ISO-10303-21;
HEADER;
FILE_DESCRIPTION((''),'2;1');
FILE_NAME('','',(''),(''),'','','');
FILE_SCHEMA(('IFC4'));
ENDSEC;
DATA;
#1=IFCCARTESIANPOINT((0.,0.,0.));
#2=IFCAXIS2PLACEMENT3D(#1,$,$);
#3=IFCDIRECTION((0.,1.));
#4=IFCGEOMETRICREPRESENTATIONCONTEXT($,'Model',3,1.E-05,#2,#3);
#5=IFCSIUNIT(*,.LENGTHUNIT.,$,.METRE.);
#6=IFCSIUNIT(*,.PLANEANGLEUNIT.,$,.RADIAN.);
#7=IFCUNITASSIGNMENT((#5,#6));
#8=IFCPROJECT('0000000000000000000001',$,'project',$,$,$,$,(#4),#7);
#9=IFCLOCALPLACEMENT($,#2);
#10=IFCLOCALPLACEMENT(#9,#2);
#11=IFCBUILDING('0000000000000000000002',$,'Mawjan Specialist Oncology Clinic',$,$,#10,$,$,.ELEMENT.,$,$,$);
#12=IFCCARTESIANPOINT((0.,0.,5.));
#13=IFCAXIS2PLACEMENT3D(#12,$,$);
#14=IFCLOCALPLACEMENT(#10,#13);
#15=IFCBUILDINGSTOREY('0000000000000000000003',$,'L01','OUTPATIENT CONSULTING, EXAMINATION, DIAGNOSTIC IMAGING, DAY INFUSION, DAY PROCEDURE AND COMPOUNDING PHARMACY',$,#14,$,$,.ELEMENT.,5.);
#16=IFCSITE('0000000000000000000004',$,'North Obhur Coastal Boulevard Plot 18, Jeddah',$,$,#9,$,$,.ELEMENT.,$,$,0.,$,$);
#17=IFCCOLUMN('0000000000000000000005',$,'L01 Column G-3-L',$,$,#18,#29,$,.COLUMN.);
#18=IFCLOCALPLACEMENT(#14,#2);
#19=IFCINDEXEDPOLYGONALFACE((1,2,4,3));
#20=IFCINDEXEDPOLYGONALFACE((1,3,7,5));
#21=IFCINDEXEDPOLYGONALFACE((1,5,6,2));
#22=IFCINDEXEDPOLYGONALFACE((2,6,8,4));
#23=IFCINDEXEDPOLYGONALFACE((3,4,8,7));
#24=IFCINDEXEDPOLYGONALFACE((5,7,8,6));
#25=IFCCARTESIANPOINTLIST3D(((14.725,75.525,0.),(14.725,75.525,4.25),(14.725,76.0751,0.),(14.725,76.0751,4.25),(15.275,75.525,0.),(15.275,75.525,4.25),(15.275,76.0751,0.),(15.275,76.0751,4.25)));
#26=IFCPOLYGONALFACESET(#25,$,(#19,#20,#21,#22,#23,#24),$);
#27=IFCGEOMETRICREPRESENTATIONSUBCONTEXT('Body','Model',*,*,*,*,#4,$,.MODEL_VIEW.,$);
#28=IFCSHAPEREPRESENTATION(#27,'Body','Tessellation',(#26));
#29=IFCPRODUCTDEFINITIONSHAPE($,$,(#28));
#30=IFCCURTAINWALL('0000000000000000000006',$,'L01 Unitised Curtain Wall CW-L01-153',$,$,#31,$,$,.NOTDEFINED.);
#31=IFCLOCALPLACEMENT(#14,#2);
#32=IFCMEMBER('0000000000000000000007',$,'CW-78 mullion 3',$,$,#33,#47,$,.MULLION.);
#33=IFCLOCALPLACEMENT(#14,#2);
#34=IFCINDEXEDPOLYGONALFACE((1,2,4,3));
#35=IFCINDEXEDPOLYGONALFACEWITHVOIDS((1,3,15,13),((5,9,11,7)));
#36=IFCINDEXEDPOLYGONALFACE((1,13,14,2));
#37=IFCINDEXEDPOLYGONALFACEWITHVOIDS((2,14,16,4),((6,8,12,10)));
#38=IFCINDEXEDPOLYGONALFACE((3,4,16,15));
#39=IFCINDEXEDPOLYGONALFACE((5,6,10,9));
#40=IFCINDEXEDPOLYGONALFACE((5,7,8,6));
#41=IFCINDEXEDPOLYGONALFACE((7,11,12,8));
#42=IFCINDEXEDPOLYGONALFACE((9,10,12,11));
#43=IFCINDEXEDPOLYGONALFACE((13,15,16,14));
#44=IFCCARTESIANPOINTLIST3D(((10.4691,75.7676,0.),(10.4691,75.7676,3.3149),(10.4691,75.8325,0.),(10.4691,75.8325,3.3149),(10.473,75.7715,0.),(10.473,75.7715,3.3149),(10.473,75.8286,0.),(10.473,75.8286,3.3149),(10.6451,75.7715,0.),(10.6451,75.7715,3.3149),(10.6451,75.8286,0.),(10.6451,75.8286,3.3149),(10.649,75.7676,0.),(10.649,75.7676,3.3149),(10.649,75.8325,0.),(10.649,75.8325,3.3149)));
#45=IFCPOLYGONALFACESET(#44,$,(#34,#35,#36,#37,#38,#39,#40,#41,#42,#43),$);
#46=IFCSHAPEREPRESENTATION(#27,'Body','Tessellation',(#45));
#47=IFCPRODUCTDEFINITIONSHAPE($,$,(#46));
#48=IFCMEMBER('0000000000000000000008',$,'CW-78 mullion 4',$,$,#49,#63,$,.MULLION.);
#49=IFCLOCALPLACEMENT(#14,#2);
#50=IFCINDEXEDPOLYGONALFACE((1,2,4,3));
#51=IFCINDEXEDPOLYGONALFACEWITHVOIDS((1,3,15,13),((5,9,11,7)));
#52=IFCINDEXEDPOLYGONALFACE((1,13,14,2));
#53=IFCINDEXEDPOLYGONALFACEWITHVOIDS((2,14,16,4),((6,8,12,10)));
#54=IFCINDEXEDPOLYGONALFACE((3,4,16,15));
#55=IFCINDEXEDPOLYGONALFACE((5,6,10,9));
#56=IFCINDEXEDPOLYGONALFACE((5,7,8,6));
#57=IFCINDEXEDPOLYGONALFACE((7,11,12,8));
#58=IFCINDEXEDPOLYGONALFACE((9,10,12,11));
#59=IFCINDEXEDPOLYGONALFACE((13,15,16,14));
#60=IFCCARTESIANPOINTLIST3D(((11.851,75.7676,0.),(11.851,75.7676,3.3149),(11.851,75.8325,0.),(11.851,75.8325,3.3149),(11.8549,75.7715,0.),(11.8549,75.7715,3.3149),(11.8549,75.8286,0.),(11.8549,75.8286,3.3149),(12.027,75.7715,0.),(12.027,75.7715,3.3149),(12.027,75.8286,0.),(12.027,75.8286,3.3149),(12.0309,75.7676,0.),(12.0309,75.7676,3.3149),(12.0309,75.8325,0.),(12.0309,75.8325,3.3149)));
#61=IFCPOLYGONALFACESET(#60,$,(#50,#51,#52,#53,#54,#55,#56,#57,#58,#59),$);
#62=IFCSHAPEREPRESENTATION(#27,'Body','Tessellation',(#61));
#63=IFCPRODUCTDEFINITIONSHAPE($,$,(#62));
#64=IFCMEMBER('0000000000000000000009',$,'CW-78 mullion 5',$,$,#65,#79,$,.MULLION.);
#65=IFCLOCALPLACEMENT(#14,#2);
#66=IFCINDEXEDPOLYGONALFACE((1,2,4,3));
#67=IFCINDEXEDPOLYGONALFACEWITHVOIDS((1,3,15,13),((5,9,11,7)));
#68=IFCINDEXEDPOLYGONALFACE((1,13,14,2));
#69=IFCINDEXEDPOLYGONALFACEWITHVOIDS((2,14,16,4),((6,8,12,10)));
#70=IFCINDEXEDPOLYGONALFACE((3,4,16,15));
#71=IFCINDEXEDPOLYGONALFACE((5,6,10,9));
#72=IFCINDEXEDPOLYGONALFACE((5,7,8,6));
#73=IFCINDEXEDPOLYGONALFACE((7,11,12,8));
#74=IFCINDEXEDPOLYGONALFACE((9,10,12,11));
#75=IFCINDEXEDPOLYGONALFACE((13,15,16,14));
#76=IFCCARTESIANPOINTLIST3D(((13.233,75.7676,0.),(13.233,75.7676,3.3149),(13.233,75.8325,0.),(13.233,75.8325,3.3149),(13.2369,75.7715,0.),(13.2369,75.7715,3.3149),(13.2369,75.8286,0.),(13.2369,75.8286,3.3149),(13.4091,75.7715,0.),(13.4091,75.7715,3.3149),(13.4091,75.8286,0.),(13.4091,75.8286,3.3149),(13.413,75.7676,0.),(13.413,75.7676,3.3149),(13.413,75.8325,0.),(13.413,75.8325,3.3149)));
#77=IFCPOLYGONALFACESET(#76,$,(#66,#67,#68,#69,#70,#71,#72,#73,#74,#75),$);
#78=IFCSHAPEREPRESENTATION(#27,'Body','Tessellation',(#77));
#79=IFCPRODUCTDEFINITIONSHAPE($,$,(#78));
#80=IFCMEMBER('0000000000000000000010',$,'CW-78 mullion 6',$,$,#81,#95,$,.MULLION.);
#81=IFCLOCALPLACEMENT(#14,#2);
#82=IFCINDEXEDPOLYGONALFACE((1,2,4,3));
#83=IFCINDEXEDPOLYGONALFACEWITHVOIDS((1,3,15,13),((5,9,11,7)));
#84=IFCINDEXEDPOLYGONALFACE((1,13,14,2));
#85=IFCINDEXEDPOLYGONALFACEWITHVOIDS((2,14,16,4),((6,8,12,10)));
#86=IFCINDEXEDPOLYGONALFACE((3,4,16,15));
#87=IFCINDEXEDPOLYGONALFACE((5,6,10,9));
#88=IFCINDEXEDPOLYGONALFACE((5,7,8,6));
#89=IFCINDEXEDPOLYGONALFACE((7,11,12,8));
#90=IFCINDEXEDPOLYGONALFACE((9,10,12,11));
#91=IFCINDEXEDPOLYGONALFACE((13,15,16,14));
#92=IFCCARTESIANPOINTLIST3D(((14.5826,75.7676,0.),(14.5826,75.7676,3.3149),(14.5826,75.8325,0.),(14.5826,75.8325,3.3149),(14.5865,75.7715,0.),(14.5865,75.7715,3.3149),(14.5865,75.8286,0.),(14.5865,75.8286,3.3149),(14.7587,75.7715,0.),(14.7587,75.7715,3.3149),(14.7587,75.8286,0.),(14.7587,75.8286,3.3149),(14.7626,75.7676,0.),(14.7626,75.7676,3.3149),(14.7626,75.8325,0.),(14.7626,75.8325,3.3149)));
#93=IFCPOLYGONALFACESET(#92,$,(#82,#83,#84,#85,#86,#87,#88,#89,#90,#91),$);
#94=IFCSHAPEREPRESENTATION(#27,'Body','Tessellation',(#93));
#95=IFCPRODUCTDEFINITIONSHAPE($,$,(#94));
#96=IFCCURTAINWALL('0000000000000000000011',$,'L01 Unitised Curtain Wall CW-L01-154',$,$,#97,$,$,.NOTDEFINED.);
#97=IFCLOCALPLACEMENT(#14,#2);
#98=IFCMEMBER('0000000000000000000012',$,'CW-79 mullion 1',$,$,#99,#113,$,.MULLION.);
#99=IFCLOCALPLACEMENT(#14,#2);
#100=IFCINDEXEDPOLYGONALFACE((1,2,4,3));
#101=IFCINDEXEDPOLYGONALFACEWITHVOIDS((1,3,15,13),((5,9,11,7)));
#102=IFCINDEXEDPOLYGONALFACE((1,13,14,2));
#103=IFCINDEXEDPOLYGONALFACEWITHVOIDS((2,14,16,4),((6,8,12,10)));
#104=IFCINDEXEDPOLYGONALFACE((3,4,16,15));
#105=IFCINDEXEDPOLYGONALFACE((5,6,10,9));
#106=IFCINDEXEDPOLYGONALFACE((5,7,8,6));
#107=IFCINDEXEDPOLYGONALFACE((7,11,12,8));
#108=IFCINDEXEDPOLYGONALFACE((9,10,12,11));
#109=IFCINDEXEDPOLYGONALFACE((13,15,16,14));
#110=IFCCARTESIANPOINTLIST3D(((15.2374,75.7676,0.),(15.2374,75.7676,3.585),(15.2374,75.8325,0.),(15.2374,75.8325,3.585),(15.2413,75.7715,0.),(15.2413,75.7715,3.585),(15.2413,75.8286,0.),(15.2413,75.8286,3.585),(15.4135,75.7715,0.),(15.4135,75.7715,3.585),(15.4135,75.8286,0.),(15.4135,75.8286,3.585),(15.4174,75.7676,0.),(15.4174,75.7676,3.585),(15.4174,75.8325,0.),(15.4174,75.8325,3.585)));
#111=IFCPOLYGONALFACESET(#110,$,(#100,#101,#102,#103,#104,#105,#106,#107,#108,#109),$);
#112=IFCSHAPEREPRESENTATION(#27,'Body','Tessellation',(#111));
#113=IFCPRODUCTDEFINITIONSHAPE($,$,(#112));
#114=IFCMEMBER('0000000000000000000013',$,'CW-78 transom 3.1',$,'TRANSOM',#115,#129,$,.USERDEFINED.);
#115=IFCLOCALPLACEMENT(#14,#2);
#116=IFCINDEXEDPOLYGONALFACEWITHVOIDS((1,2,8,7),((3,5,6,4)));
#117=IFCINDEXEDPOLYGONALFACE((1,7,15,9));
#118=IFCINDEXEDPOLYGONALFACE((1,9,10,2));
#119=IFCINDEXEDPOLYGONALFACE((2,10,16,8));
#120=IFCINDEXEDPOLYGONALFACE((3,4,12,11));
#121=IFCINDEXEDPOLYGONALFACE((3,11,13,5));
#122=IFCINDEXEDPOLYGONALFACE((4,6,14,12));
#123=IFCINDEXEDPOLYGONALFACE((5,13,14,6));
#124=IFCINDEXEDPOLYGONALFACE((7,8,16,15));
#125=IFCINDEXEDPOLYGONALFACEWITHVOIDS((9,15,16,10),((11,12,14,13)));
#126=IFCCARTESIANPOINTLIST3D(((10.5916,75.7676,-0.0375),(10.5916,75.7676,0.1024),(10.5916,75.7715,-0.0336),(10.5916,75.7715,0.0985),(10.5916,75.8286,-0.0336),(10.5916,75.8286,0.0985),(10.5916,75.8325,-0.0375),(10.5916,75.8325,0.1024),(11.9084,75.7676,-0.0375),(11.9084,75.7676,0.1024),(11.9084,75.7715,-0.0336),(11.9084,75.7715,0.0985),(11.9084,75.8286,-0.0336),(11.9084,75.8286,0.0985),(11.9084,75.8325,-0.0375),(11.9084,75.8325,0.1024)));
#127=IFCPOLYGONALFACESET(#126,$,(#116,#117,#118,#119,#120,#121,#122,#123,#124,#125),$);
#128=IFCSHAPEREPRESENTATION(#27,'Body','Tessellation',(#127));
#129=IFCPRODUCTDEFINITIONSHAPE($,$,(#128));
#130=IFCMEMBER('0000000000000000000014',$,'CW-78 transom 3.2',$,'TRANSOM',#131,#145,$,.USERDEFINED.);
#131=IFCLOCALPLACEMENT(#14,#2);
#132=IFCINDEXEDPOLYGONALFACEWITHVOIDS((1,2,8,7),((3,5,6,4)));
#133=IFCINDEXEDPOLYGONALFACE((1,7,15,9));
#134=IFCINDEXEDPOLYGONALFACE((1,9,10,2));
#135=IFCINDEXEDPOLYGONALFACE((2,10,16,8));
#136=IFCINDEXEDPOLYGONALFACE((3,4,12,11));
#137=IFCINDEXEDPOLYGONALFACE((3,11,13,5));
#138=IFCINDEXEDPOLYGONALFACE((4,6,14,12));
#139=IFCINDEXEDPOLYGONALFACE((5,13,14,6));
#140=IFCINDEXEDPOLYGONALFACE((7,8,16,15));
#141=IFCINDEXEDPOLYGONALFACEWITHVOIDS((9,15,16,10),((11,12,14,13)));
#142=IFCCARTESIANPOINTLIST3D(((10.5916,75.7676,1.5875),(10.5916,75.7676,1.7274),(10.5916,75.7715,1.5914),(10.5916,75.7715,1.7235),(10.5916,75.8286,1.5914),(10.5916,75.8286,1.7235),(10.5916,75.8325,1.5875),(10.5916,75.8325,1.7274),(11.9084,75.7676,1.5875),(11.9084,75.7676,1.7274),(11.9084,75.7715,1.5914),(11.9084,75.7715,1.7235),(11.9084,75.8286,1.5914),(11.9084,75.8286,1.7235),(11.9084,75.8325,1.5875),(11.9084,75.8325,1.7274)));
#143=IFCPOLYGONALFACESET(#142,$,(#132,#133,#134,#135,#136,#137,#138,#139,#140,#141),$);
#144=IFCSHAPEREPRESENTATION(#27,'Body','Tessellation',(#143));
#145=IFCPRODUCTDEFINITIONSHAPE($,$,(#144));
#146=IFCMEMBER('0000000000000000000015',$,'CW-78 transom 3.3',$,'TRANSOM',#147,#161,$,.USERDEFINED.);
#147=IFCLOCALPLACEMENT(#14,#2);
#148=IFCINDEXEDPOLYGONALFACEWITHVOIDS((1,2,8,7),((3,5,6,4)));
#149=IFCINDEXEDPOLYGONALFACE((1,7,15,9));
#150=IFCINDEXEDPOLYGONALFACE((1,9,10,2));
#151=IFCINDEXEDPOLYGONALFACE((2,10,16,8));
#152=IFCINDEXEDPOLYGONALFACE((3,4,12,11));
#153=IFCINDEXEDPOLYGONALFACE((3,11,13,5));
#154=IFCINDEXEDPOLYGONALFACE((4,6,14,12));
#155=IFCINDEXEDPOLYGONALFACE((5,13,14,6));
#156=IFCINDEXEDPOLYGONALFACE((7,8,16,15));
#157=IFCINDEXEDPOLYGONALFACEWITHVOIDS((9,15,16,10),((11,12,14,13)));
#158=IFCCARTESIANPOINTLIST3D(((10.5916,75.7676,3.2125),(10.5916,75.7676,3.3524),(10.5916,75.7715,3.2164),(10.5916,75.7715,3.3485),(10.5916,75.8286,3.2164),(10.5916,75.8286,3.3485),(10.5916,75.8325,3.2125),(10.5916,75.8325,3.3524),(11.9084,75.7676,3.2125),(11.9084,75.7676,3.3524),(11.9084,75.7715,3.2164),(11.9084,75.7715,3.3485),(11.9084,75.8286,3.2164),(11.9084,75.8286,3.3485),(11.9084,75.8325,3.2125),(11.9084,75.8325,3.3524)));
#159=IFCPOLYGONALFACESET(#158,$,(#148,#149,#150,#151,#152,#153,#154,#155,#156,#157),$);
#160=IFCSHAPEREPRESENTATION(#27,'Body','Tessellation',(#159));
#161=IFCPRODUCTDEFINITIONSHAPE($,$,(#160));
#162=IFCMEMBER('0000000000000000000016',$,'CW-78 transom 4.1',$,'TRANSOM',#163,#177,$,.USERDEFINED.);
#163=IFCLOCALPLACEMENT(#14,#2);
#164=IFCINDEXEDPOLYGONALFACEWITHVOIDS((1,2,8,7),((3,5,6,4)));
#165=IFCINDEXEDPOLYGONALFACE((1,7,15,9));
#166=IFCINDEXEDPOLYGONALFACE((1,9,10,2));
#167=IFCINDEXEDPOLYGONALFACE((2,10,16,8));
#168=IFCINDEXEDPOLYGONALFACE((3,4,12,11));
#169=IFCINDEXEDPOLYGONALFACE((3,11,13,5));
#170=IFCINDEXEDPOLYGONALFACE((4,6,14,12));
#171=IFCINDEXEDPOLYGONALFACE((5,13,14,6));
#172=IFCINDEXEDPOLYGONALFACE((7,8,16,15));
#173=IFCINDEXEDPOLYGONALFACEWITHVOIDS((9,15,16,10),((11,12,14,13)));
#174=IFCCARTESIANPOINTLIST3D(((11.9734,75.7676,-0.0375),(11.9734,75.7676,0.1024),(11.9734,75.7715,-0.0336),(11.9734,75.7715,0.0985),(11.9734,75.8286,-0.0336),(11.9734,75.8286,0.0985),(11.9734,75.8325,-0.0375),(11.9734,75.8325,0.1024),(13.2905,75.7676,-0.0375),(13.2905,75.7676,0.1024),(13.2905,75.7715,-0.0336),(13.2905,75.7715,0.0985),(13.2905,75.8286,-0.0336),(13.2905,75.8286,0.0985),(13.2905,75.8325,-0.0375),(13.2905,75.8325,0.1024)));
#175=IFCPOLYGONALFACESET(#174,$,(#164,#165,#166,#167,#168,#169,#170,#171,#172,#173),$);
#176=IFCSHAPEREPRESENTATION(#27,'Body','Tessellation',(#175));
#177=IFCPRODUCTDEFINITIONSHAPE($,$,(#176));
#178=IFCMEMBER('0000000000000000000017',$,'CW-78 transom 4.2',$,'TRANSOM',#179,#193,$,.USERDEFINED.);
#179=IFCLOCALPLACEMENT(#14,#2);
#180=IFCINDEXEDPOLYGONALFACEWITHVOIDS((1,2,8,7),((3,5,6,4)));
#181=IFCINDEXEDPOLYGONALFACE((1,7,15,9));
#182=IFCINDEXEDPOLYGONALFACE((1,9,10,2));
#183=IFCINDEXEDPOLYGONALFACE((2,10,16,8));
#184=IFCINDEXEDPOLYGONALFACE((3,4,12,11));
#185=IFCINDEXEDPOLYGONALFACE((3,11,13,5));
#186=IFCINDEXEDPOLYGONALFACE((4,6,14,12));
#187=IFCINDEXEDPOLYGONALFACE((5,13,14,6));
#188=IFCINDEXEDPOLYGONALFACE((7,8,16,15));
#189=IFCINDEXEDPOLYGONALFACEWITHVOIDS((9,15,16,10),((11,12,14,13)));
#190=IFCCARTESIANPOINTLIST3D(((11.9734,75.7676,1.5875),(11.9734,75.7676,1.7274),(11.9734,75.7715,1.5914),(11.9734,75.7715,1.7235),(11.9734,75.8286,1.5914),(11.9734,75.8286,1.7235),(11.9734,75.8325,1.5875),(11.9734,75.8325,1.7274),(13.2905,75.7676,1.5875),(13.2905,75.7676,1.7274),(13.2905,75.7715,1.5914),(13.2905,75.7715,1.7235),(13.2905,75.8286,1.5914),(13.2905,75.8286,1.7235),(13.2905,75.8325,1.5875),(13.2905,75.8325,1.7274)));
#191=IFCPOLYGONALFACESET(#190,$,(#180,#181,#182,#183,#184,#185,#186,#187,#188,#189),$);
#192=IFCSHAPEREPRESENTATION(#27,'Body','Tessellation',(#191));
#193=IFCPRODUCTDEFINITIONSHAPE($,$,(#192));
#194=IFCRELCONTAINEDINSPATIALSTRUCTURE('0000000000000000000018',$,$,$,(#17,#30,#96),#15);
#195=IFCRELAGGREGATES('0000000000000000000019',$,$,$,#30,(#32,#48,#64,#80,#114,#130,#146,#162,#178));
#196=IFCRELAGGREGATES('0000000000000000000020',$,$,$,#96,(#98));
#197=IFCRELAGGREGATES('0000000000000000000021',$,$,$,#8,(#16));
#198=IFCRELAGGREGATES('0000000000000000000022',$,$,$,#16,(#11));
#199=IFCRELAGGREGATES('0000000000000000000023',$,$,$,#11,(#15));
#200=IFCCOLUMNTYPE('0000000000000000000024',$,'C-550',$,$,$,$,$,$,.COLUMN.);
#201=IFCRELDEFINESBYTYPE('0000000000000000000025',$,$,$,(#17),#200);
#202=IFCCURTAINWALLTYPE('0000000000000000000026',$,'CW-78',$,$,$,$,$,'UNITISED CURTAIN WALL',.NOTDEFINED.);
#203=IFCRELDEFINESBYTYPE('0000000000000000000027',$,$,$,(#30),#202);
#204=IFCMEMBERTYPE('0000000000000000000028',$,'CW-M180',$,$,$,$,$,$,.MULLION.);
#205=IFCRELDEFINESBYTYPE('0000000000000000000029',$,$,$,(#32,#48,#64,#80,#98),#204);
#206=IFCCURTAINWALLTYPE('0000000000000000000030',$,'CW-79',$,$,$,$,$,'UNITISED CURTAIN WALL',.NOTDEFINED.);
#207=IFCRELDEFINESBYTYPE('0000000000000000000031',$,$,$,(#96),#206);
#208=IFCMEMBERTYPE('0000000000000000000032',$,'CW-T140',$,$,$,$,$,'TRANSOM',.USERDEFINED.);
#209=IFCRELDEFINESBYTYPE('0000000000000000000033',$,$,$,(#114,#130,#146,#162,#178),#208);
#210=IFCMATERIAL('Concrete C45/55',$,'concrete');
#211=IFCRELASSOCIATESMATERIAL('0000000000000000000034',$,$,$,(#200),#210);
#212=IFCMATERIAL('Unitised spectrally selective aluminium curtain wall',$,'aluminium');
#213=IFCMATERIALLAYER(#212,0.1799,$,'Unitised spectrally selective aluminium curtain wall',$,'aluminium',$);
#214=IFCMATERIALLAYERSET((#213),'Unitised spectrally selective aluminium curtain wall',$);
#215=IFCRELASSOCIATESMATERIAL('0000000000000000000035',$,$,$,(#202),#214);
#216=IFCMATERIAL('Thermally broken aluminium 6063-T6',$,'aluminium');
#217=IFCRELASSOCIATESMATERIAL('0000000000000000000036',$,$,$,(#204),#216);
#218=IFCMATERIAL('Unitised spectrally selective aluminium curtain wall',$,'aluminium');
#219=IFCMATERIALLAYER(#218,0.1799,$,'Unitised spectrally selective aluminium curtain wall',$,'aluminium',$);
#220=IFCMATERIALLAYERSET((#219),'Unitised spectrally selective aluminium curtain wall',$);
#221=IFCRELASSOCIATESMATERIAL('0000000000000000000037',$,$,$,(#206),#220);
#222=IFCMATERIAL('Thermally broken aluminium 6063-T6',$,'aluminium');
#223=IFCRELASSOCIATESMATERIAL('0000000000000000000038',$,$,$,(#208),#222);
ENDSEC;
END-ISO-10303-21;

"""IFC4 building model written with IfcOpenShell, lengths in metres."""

from ifc_helpers import new_model, si_unit, direction, frame, origin, origin_2d, place, context, subcontext, project, spatial, rectangle, hollow_rectangle, extrude, material, layer, layer_set, material_profile, profile_set, type_object, element, aggregate, save


model = new_model("IFC4")

# Units and contexts
model_context = context("Model", 3, precision=1e-05, world=origin(), true_north=direction((0.0, 1.0)))
body_context = subcontext(model_context, "Body", "Model", "MODEL_VIEW")
ifc_project = project(units=[si_unit("LENGTHUNIT", "METRE"), si_unit("PLANEANGLEUNIT", "RADIAN")], contexts=[model_context])

# Site, building, storey
site_placement = place(None, origin())
site = spatial("IfcSite", under=ifc_project, at=site_placement, Name="North Obhur Coastal Boulevard Plot 18, Jeddah", CompositionType="ELEMENT", RefElevation=0.0)
building_placement = place(site_placement, origin())
building = spatial("IfcBuilding", under=site, at=building_placement, Name="Mawjan Specialist Oncology Clinic", CompositionType="ELEMENT")
storey_placement = place(building_placement, frame((0.0, 0.0, 5.0)))
storey = spatial("IfcBuildingStorey", under=building, at=storey_placement, Name="L01", Description="OUTPATIENT CONSULTING, EXAMINATION, DIAGNOSTIC IMAGING, DAY INFUSION, DAY PROCEDURE AND COMPOUNDING PHARMACY", CompositionType="ELEMENT", Elevation=5.0)

# Column
ifc_material_1 = material(Name="Concrete C45/55", Category="concrete")
ifc_material_profile_1 = material_profile(ifc_material_1, rectangle(XDim=0.55, YDim=0.55, at=origin_2d()), Name="RC COL 550x550", Category="concrete")
ifc_profile_set_1 = profile_set([ifc_material_profile_1], Name="Concrete C45/55")
column_type = type_object("IfcColumnType", Name="C-550", PredefinedType="COLUMN", material=ifc_profile_set_1)
column_placement = place(storey_placement, frame((15.0, 75.8, 0.0), z_axis=(0.0, 0.0, 1.0), x_axis=(1.0, 0.0, 0.0)))
element("IfcColumn", 1, at=column_placement, inside=storey, type_object=column_type, Name="L01 Column G-3-L", PredefinedType="COLUMN", context=body_context, shape_type="SweptSolid", body=[
    extrude(rectangle(XDim=0.55, YDim=0.55, at=origin_2d()), origin(), (0.0, 0.0, 1.0), 4.25),
])

# Curtain wall, members
ifc_material_2 = material(Name="Unitised spectrally selective aluminium curtain wall", Category="aluminium")
ifc_layer_1 = layer(ifc_material_2, 0.1799, Name="Unitised spectrally selective aluminium curtain wall", Category="aluminium")
ifc_layer_set_1 = layer_set([ifc_layer_1], Name="Unitised spectrally selective aluminium curtain wall")
curtain_wall_type_1 = type_object("IfcCurtainWallType", Name="CW-78", ElementType="UNITISED CURTAIN WALL", PredefinedType="NOTDEFINED", material=ifc_layer_set_1)
curtain_wall_1_placement = place(storey_placement, origin())
curtain_wall_1 = element("IfcCurtainWall", 2, at=curtain_wall_1_placement, inside=storey, type_object=curtain_wall_type_1, Name="L01 Unitised Curtain Wall CW-L01-153", PredefinedType="NOTDEFINED")
ifc_material_3 = material(Name="Thermally broken aluminium 6063-T6", Category="aluminium")
ifc_material_profile_2 = material_profile(ifc_material_3, hollow_rectangle(XDim=0.0649, YDim=0.1799, WallThickness=0.0039, at=origin_2d()), Name="ALU MULLION 180x65x4", Category="aluminium")
ifc_profile_set_2 = profile_set([ifc_material_profile_2], Name="Thermally broken aluminium 6063-T6")
member_type_1 = type_object("IfcMemberType", Name="CW-M180", PredefinedType="MULLION", material=ifc_profile_set_2)
member_1_placement = place(storey_placement, frame((10.5591, 75.8, 0.0), z_axis=(0.0, 0.0, 1.0), x_axis=(0.0, 1.0, 0.0)))
member_1 = element("IfcMember", 3, at=member_1_placement, type_object=member_type_1, Name="CW-78 mullion 3", PredefinedType="MULLION", context=body_context, shape_type="SweptSolid", body=[
    extrude(hollow_rectangle(XDim=0.0649, YDim=0.1799, WallThickness=0.0039, at=origin_2d()), origin(), (0.0, 0.0, 1.0), 3.3149),
])
member_2_placement = place(storey_placement, frame((11.9409, 75.8, 0.0), z_axis=(0.0, 0.0, 1.0), x_axis=(0.0, 1.0, 0.0)))
member_2 = element("IfcMember", 4, at=member_2_placement, type_object=member_type_1, Name="CW-78 mullion 4", PredefinedType="MULLION", context=body_context, shape_type="SweptSolid", body=[
    extrude(hollow_rectangle(XDim=0.0649, YDim=0.1799, WallThickness=0.0039, at=origin_2d()), origin(), (0.0, 0.0, 1.0), 3.3149),
])
member_3_placement = place(storey_placement, frame((13.323, 75.8, 0.0), z_axis=(0.0, 0.0, 1.0), x_axis=(0.0, 1.0, 0.0)))
member_3 = element("IfcMember", 5, at=member_3_placement, type_object=member_type_1, Name="CW-78 mullion 5", PredefinedType="MULLION", context=body_context, shape_type="SweptSolid", body=[
    extrude(hollow_rectangle(XDim=0.0649, YDim=0.1799, WallThickness=0.0039, at=origin_2d()), origin(), (0.0, 0.0, 1.0), 3.3149),
])
member_4_placement = place(storey_placement, frame((14.6726, 75.8, 0.0), z_axis=(0.0, 0.0, 1.0), x_axis=(0.0, 1.0, 0.0)))
member_4 = element("IfcMember", 6, at=member_4_placement, type_object=member_type_1, Name="CW-78 mullion 6", PredefinedType="MULLION", context=body_context, shape_type="SweptSolid", body=[
    extrude(hollow_rectangle(XDim=0.0649, YDim=0.1799, WallThickness=0.0039, at=origin_2d()), origin(), (0.0, 0.0, 1.0), 3.3149),
])

# Curtain wall, member
ifc_material_4 = material(Name="Unitised spectrally selective aluminium curtain wall", Category="aluminium")
ifc_layer_2 = layer(ifc_material_4, 0.1799, Name="Unitised spectrally selective aluminium curtain wall", Category="aluminium")
ifc_layer_set_2 = layer_set([ifc_layer_2], Name="Unitised spectrally selective aluminium curtain wall")
curtain_wall_type_2 = type_object("IfcCurtainWallType", Name="CW-79", ElementType="UNITISED CURTAIN WALL", PredefinedType="NOTDEFINED", material=ifc_layer_set_2)
curtain_wall_2_placement = place(storey_placement, origin())
curtain_wall_2 = element("IfcCurtainWall", 7, at=curtain_wall_2_placement, inside=storey, type_object=curtain_wall_type_2, Name="L01 Unitised Curtain Wall CW-L01-154", PredefinedType="NOTDEFINED")
member_5_placement = place(storey_placement, frame((15.3274, 75.8, 0.0), z_axis=(0.0, 0.0, 1.0), x_axis=(0.0, 1.0, 0.0)))
member_5 = element("IfcMember", 8, at=member_5_placement, type_object=member_type_1, Name="CW-79 mullion 1", PredefinedType="MULLION", context=body_context, shape_type="SweptSolid", body=[
    extrude(hollow_rectangle(XDim=0.0649, YDim=0.1799, WallThickness=0.0039, at=origin_2d()), origin(), (0.0, 0.0, 1.0), 3.585),
])

# Members
ifc_material_5 = material(Name="Thermally broken aluminium 6063-T6", Category="aluminium")
ifc_material_profile_3 = material_profile(ifc_material_5, hollow_rectangle(XDim=0.0649, YDim=0.1399, WallThickness=0.0039, at=origin_2d()), Name="ALU TRANSOM 140x65x4", Category="aluminium")
ifc_profile_set_3 = profile_set([ifc_material_profile_3], Name="Thermally broken aluminium 6063-T6")
member_type_2 = type_object("IfcMemberType", Name="CW-T140", ElementType="TRANSOM", PredefinedType="USERDEFINED", material=ifc_profile_set_3)
member_6_placement = place(storey_placement, frame((10.5916, 75.8, 0.0325), z_axis=(1.0, 0.0, 0.0), x_axis=(0.0, 1.0, 0.0)))
member_6 = element("IfcMember", 9, at=member_6_placement, type_object=member_type_2, Name="CW-78 transom 3.1", ObjectType="TRANSOM", PredefinedType="USERDEFINED", context=body_context, shape_type="SweptSolid", body=[
    extrude(hollow_rectangle(XDim=0.0649, YDim=0.1399, WallThickness=0.0039, at=origin_2d()), origin(), (0.0, 0.0, 1.0), 1.3169),
])
member_7_placement = place(storey_placement, frame((10.5916, 75.8, 1.6575), z_axis=(1.0, 0.0, 0.0), x_axis=(0.0, 1.0, 0.0)))
member_7 = element("IfcMember", 10, at=member_7_placement, type_object=member_type_2, Name="CW-78 transom 3.2", ObjectType="TRANSOM", PredefinedType="USERDEFINED", context=body_context, shape_type="SweptSolid", body=[
    extrude(hollow_rectangle(XDim=0.0649, YDim=0.1399, WallThickness=0.0039, at=origin_2d()), origin(), (0.0, 0.0, 1.0), 1.3169),
])
member_8_placement = place(storey_placement, frame((10.5916, 75.8, 3.2825), z_axis=(1.0, 0.0, 0.0), x_axis=(0.0, 1.0, 0.0)))
member_8 = element("IfcMember", 11, at=member_8_placement, type_object=member_type_2, Name="CW-78 transom 3.3", ObjectType="TRANSOM", PredefinedType="USERDEFINED", context=body_context, shape_type="SweptSolid", body=[
    extrude(hollow_rectangle(XDim=0.0649, YDim=0.1399, WallThickness=0.0039, at=origin_2d()), origin(), (0.0, 0.0, 1.0), 1.3169),
])
member_9_placement = place(storey_placement, frame((11.9734, 75.8, 0.0325), z_axis=(1.0, 0.0, 0.0), x_axis=(0.0, 1.0, 0.0)))
member_9 = element("IfcMember", 12, at=member_9_placement, type_object=member_type_2, Name="CW-78 transom 4.1", ObjectType="TRANSOM", PredefinedType="USERDEFINED", context=body_context, shape_type="SweptSolid", body=[
    extrude(hollow_rectangle(XDim=0.0649, YDim=0.1399, WallThickness=0.0039, at=origin_2d()), origin(), (0.0, 0.0, 1.0), 1.3171),
])
member_10_placement = place(storey_placement, frame((11.9734, 75.8, 1.6575), z_axis=(1.0, 0.0, 0.0), x_axis=(0.0, 1.0, 0.0)))
member_10 = element("IfcMember", 13, at=member_10_placement, type_object=member_type_2, Name="CW-78 transom 4.2", ObjectType="TRANSOM", PredefinedType="USERDEFINED", context=body_context, shape_type="SweptSolid", body=[
    extrude(hollow_rectangle(XDim=0.0649, YDim=0.1399, WallThickness=0.0039, at=origin_2d()), origin(), (0.0, 0.0, 1.0), 1.3171),
])

aggregate(curtain_wall_1, [member_1, member_2, member_3, member_4, member_6, member_7, member_8, member_9, member_10])
aggregate(curtain_wall_2, [member_5])

save(model, "model.ifc")
